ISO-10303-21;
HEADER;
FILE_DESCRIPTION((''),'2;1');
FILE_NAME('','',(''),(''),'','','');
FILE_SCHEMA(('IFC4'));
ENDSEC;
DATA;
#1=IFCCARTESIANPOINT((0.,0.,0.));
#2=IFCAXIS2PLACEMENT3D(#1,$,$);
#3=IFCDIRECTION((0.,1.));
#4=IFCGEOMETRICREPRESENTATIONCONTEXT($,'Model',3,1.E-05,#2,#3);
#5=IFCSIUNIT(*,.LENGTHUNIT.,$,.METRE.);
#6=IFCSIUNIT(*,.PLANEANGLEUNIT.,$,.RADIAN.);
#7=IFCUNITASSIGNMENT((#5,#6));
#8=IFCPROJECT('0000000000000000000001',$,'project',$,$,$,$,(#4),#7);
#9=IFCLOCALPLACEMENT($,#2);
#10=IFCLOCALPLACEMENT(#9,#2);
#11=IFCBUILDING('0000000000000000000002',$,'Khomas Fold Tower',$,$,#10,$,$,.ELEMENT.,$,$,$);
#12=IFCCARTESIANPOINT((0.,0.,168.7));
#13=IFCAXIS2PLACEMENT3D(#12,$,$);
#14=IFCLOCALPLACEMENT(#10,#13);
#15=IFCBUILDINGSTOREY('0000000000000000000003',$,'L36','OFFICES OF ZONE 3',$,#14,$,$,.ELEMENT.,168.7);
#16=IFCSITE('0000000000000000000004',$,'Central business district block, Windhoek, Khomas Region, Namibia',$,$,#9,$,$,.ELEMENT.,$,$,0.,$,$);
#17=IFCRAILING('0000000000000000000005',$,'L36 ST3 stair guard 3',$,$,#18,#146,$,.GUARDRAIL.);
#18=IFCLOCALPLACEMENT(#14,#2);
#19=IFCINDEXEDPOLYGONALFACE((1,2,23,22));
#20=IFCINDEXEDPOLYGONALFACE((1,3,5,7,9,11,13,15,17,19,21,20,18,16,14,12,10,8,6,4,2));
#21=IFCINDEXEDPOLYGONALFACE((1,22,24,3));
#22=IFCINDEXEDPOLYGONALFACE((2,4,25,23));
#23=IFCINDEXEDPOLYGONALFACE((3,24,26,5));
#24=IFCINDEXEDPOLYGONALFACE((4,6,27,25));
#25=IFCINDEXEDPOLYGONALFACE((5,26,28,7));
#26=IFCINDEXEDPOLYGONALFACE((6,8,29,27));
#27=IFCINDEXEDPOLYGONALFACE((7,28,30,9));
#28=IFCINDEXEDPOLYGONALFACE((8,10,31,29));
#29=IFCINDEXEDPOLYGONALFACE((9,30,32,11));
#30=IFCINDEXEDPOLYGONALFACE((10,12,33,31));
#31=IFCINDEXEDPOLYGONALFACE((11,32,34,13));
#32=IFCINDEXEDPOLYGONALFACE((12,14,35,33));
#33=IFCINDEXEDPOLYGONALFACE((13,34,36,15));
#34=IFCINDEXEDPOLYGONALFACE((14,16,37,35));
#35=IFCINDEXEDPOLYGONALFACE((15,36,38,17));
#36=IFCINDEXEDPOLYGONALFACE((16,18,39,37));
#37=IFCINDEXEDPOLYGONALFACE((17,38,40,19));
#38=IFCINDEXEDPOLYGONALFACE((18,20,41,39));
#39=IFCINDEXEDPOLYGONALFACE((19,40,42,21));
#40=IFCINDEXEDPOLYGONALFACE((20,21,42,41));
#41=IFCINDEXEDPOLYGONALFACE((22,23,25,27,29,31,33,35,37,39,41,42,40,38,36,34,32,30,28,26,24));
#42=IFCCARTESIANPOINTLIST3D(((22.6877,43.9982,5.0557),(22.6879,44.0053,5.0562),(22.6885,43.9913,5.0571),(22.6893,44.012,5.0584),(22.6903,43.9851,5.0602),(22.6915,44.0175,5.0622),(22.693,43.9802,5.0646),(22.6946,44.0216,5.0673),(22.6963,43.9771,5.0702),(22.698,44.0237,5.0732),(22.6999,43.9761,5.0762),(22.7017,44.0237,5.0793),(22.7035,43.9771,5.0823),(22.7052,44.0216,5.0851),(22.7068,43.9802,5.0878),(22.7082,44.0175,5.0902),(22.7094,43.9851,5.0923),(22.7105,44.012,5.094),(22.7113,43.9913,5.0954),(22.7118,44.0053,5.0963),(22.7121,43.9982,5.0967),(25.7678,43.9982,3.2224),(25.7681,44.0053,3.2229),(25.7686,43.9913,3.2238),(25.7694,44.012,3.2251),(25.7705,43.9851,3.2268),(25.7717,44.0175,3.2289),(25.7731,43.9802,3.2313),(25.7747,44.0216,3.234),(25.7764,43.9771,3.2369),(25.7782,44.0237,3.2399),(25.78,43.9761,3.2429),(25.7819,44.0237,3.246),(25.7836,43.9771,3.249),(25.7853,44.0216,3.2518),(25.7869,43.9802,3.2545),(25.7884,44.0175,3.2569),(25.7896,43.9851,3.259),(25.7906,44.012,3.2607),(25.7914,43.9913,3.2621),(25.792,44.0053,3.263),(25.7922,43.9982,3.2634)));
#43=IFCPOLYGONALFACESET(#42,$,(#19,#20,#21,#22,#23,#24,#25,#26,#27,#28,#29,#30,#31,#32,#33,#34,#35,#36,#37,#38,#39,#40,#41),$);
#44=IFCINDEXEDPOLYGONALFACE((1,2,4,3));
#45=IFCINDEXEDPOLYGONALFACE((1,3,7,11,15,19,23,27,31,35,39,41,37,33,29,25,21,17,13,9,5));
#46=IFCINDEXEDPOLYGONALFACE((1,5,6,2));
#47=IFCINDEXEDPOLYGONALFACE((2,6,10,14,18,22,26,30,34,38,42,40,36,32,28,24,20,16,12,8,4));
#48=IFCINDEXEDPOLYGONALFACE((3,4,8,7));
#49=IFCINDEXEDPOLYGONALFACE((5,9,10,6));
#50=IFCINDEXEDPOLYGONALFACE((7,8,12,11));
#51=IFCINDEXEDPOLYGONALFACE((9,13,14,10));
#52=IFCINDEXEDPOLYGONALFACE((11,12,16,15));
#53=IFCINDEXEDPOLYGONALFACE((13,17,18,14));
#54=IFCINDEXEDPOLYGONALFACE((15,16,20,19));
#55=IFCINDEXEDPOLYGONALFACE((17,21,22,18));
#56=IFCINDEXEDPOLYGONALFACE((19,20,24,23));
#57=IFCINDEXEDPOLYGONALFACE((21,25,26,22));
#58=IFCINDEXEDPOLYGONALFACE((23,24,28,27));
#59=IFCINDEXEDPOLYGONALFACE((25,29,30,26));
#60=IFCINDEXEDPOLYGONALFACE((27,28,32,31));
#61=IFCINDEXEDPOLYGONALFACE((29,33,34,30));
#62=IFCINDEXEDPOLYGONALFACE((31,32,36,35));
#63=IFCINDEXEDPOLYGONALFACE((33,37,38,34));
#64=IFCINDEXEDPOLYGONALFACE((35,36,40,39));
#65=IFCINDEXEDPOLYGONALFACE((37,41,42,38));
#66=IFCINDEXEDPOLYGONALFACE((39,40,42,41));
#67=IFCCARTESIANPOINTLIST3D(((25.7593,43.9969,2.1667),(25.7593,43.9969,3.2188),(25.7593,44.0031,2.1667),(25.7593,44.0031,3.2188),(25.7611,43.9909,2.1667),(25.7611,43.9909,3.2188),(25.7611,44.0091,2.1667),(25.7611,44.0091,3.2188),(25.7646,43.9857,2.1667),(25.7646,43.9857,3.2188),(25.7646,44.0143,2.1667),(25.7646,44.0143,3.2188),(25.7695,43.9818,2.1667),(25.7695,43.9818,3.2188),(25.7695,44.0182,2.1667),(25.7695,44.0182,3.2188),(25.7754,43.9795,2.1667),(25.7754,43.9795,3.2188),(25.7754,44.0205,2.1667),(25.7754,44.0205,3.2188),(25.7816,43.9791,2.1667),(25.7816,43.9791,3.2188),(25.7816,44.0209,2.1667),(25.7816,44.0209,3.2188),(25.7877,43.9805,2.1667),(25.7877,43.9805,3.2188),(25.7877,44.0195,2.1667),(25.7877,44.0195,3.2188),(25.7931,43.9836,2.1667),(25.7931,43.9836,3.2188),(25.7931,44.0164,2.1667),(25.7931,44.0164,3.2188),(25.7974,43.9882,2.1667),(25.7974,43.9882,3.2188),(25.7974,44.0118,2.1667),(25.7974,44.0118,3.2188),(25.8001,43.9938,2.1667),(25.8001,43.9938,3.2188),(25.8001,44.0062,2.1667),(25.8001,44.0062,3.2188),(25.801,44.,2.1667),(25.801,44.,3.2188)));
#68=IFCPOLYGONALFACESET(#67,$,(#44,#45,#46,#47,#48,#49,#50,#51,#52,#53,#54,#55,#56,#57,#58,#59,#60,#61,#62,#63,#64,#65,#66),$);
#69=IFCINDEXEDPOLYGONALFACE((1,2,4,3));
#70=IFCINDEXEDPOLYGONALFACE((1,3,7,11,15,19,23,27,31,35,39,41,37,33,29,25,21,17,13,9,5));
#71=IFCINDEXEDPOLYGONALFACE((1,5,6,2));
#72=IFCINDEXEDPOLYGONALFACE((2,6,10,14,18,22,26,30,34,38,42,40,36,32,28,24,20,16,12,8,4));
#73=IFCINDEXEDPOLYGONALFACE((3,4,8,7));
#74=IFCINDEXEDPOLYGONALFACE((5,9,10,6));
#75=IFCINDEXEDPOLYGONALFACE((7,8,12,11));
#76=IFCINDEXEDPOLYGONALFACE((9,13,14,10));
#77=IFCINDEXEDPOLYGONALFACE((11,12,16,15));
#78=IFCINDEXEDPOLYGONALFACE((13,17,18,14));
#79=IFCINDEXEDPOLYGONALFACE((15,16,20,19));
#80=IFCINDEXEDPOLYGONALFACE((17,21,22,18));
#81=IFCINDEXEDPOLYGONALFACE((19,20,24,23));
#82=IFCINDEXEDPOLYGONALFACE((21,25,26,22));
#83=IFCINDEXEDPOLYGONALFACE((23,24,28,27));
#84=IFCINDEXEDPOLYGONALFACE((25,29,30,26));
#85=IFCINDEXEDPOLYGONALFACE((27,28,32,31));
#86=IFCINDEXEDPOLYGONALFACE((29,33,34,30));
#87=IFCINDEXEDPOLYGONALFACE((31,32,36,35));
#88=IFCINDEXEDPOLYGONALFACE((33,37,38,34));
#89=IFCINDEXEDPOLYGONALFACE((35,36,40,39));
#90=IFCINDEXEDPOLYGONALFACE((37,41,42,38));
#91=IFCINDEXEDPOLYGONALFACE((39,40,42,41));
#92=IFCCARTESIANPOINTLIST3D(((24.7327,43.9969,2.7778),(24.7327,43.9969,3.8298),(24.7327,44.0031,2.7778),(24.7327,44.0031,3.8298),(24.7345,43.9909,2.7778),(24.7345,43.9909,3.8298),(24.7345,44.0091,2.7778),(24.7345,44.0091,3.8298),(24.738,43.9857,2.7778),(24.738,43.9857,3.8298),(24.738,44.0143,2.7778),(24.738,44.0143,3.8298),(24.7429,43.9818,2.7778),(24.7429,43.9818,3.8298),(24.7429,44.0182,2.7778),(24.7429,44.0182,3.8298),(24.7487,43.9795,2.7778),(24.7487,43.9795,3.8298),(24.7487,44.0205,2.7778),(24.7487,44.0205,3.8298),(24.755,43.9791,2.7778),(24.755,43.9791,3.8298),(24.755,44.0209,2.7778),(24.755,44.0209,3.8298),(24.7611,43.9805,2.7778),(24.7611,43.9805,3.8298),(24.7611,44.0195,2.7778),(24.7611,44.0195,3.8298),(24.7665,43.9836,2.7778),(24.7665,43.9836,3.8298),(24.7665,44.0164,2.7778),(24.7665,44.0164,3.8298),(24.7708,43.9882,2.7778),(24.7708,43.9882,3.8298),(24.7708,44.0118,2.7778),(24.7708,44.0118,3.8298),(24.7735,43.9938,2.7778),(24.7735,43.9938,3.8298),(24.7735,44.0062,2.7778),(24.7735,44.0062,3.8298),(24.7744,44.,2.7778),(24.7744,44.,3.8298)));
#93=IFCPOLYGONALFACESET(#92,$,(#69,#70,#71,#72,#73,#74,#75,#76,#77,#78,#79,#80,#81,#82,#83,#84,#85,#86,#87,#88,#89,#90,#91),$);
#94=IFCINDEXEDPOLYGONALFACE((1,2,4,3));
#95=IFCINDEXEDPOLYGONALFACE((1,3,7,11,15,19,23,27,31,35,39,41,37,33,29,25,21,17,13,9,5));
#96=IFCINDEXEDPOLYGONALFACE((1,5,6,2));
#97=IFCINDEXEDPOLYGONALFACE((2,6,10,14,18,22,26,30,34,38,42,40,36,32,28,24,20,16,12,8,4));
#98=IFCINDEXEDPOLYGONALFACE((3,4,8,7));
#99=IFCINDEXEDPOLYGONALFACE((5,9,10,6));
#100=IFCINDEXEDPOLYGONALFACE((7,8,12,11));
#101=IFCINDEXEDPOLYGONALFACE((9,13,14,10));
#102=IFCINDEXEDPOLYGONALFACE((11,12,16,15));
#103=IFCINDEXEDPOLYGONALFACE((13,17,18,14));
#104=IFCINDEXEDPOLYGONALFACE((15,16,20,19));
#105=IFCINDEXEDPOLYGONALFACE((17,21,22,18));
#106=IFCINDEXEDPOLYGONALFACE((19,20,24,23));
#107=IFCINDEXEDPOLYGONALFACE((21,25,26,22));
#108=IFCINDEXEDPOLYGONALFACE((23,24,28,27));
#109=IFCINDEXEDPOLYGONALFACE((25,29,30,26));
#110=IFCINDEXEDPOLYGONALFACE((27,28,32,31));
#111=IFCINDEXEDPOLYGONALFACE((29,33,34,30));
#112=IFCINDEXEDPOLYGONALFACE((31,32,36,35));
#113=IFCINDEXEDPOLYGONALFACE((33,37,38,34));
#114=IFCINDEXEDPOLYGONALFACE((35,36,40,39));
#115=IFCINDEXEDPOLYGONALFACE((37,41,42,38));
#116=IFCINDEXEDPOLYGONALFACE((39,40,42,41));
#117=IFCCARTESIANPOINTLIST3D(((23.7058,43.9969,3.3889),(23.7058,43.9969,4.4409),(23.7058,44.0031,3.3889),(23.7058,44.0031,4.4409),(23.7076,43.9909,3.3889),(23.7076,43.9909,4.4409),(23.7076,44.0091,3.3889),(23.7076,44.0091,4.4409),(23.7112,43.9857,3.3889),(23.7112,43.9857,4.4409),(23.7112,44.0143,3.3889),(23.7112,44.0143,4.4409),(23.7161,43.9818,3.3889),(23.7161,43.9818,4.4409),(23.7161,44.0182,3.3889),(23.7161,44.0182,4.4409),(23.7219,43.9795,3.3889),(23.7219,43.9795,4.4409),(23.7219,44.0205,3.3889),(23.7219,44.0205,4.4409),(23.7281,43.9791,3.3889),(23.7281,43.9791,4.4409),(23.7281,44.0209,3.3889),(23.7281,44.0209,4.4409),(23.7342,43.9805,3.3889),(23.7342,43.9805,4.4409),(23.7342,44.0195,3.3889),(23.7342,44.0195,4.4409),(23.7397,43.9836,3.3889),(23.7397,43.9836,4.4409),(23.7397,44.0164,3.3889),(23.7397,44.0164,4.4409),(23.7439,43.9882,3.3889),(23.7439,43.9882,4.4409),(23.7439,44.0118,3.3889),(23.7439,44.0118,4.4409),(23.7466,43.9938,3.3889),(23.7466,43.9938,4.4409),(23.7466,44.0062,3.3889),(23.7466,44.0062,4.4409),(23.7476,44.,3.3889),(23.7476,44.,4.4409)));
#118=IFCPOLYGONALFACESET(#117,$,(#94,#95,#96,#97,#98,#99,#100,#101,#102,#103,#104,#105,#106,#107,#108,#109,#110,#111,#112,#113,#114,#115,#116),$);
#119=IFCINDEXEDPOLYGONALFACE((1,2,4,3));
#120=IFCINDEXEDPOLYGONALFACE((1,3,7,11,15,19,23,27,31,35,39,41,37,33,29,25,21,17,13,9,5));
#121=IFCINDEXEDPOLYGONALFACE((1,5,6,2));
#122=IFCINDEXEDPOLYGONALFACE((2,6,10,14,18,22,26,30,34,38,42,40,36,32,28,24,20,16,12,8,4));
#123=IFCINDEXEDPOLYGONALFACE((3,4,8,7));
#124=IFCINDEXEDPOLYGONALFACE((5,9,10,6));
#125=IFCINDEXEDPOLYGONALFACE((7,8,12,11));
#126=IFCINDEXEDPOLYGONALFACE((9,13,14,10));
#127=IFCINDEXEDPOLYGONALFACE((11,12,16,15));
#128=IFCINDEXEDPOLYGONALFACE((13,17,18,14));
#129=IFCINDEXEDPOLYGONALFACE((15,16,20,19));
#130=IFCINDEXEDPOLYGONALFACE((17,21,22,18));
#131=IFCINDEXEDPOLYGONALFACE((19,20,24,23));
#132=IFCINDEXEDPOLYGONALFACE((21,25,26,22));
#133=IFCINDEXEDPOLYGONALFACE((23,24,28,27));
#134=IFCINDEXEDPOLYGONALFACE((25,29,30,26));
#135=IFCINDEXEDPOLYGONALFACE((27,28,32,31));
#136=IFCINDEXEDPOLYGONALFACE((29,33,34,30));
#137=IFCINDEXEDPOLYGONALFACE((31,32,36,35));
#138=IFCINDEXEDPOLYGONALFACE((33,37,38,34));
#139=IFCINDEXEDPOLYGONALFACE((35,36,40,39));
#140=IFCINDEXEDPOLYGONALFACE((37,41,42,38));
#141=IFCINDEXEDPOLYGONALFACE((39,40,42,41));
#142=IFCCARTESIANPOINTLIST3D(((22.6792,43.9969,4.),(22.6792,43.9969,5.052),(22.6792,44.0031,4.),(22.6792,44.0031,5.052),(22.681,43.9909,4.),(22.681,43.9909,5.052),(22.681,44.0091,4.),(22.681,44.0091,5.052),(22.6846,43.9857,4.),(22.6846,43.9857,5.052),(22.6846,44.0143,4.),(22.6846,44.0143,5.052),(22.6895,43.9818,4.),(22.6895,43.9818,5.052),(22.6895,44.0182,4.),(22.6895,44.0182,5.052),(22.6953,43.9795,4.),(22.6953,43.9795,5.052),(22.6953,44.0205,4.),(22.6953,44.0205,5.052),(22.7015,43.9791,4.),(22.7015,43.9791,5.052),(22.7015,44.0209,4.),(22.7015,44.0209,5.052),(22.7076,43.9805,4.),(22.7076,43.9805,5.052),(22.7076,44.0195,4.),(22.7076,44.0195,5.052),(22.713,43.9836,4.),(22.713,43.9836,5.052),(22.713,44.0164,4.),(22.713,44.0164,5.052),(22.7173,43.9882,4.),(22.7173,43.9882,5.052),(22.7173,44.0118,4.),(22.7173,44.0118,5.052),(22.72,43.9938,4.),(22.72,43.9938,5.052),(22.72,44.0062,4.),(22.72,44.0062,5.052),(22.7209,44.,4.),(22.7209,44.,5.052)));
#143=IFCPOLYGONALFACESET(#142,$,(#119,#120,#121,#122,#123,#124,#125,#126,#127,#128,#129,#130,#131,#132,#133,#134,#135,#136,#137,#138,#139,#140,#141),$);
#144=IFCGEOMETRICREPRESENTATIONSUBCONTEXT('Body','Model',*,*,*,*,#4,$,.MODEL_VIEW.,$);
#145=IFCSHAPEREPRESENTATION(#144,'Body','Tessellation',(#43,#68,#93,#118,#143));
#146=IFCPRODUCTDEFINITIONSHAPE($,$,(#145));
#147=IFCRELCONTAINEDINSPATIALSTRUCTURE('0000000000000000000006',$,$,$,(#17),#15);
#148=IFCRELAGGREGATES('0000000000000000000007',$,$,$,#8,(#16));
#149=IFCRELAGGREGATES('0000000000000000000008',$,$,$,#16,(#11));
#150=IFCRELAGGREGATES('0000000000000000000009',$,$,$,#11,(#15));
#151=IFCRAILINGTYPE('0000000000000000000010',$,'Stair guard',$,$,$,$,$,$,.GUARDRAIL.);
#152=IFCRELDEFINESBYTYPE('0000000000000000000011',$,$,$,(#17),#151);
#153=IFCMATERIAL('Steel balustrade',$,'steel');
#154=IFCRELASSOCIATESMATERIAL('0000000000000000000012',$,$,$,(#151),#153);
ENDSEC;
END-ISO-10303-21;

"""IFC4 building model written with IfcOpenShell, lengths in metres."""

from ifc_helpers import new_model, si_unit, direction, frame, origin, origin_2d, place, context, subcontext, project, spatial, circle, extrude, source, transform, mapped, material, type_object, element, save


model = new_model("IFC4")

# Units and contexts
model_context = context("Model", 3, precision=1e-05, world=origin(), true_north=direction((0.0, 1.0)))
body_context = subcontext(model_context, "Body", "Model", "MODEL_VIEW")
ifc_project = project(units=[si_unit("LENGTHUNIT", "METRE"), si_unit("PLANEANGLEUNIT", "RADIAN")], contexts=[model_context])

# Site, building, storey
site_placement = place(None, origin())
site = spatial("IfcSite", under=ifc_project, at=site_placement, Name="Central business district block, Windhoek, Khomas Region, Namibia", CompositionType="ELEMENT", RefElevation=0.0)
building_placement = place(site_placement, origin())
building = spatial("IfcBuilding", under=site, at=building_placement, Name="Khomas Fold Tower", CompositionType="ELEMENT")
storey_placement = place(building_placement, frame((0.0, 0.0, 168.7)))
storey = spatial("IfcBuildingStorey", under=building, at=storey_placement, Name="L36", Description="OFFICES OF ZONE 3", CompositionType="ELEMENT", Elevation=168.7)

# Railing
ifc_material_1 = material(Name="Steel balustrade", Category="steel")
railing_type_1 = type_object("IfcRailingType", Name="Stair guard", PredefinedType="GUARDRAIL", material=ifc_material_1)
shared_shape_1 = source(origin(), body_context, "Body", "SweptSolid", [
    extrude(circle(Radius=0.0239, at=origin_2d()), frame((0.0, 0.0, 1.0762), z_axis=(-0.859309, 0.0, 0.511458), x_axis=(0.0, -1.0, 0.0)), (0.0, 0.0, 1.0), 3.5845),
    extrude(circle(Radius=0.021, at=origin_2d()), origin(), (0.0, 0.0, 1.0), 1.052),
    extrude(circle(Radius=0.021, at=origin_2d()), frame((-1.0266, 0.0, 0.6111)), (0.0, 0.0, 1.0), 1.052),
    extrude(circle(Radius=0.021, at=origin_2d()), frame((-2.0535, 0.0, 1.2222)), (0.0, 0.0, 1.0), 1.052),
    extrude(circle(Radius=0.021, at=origin_2d()), frame((-3.0801, 0.0, 1.8333)), (0.0, 0.0, 1.0), 1.052),
])
railing_1_placement = place(storey_placement, frame((25.78, 44.0, 2.1667)))
element("IfcRailing", 1, at=railing_1_placement, inside=storey, type_object=railing_type_1, Name="L36 ST3 stair guard 3", PredefinedType="GUARDRAIL", context=body_context, shape_type="MappedRepresentation", body=[
    mapped(shared_shape_1, transform((0.0, 0.0, 0.0))),
])

save(model, "model.ifc")
